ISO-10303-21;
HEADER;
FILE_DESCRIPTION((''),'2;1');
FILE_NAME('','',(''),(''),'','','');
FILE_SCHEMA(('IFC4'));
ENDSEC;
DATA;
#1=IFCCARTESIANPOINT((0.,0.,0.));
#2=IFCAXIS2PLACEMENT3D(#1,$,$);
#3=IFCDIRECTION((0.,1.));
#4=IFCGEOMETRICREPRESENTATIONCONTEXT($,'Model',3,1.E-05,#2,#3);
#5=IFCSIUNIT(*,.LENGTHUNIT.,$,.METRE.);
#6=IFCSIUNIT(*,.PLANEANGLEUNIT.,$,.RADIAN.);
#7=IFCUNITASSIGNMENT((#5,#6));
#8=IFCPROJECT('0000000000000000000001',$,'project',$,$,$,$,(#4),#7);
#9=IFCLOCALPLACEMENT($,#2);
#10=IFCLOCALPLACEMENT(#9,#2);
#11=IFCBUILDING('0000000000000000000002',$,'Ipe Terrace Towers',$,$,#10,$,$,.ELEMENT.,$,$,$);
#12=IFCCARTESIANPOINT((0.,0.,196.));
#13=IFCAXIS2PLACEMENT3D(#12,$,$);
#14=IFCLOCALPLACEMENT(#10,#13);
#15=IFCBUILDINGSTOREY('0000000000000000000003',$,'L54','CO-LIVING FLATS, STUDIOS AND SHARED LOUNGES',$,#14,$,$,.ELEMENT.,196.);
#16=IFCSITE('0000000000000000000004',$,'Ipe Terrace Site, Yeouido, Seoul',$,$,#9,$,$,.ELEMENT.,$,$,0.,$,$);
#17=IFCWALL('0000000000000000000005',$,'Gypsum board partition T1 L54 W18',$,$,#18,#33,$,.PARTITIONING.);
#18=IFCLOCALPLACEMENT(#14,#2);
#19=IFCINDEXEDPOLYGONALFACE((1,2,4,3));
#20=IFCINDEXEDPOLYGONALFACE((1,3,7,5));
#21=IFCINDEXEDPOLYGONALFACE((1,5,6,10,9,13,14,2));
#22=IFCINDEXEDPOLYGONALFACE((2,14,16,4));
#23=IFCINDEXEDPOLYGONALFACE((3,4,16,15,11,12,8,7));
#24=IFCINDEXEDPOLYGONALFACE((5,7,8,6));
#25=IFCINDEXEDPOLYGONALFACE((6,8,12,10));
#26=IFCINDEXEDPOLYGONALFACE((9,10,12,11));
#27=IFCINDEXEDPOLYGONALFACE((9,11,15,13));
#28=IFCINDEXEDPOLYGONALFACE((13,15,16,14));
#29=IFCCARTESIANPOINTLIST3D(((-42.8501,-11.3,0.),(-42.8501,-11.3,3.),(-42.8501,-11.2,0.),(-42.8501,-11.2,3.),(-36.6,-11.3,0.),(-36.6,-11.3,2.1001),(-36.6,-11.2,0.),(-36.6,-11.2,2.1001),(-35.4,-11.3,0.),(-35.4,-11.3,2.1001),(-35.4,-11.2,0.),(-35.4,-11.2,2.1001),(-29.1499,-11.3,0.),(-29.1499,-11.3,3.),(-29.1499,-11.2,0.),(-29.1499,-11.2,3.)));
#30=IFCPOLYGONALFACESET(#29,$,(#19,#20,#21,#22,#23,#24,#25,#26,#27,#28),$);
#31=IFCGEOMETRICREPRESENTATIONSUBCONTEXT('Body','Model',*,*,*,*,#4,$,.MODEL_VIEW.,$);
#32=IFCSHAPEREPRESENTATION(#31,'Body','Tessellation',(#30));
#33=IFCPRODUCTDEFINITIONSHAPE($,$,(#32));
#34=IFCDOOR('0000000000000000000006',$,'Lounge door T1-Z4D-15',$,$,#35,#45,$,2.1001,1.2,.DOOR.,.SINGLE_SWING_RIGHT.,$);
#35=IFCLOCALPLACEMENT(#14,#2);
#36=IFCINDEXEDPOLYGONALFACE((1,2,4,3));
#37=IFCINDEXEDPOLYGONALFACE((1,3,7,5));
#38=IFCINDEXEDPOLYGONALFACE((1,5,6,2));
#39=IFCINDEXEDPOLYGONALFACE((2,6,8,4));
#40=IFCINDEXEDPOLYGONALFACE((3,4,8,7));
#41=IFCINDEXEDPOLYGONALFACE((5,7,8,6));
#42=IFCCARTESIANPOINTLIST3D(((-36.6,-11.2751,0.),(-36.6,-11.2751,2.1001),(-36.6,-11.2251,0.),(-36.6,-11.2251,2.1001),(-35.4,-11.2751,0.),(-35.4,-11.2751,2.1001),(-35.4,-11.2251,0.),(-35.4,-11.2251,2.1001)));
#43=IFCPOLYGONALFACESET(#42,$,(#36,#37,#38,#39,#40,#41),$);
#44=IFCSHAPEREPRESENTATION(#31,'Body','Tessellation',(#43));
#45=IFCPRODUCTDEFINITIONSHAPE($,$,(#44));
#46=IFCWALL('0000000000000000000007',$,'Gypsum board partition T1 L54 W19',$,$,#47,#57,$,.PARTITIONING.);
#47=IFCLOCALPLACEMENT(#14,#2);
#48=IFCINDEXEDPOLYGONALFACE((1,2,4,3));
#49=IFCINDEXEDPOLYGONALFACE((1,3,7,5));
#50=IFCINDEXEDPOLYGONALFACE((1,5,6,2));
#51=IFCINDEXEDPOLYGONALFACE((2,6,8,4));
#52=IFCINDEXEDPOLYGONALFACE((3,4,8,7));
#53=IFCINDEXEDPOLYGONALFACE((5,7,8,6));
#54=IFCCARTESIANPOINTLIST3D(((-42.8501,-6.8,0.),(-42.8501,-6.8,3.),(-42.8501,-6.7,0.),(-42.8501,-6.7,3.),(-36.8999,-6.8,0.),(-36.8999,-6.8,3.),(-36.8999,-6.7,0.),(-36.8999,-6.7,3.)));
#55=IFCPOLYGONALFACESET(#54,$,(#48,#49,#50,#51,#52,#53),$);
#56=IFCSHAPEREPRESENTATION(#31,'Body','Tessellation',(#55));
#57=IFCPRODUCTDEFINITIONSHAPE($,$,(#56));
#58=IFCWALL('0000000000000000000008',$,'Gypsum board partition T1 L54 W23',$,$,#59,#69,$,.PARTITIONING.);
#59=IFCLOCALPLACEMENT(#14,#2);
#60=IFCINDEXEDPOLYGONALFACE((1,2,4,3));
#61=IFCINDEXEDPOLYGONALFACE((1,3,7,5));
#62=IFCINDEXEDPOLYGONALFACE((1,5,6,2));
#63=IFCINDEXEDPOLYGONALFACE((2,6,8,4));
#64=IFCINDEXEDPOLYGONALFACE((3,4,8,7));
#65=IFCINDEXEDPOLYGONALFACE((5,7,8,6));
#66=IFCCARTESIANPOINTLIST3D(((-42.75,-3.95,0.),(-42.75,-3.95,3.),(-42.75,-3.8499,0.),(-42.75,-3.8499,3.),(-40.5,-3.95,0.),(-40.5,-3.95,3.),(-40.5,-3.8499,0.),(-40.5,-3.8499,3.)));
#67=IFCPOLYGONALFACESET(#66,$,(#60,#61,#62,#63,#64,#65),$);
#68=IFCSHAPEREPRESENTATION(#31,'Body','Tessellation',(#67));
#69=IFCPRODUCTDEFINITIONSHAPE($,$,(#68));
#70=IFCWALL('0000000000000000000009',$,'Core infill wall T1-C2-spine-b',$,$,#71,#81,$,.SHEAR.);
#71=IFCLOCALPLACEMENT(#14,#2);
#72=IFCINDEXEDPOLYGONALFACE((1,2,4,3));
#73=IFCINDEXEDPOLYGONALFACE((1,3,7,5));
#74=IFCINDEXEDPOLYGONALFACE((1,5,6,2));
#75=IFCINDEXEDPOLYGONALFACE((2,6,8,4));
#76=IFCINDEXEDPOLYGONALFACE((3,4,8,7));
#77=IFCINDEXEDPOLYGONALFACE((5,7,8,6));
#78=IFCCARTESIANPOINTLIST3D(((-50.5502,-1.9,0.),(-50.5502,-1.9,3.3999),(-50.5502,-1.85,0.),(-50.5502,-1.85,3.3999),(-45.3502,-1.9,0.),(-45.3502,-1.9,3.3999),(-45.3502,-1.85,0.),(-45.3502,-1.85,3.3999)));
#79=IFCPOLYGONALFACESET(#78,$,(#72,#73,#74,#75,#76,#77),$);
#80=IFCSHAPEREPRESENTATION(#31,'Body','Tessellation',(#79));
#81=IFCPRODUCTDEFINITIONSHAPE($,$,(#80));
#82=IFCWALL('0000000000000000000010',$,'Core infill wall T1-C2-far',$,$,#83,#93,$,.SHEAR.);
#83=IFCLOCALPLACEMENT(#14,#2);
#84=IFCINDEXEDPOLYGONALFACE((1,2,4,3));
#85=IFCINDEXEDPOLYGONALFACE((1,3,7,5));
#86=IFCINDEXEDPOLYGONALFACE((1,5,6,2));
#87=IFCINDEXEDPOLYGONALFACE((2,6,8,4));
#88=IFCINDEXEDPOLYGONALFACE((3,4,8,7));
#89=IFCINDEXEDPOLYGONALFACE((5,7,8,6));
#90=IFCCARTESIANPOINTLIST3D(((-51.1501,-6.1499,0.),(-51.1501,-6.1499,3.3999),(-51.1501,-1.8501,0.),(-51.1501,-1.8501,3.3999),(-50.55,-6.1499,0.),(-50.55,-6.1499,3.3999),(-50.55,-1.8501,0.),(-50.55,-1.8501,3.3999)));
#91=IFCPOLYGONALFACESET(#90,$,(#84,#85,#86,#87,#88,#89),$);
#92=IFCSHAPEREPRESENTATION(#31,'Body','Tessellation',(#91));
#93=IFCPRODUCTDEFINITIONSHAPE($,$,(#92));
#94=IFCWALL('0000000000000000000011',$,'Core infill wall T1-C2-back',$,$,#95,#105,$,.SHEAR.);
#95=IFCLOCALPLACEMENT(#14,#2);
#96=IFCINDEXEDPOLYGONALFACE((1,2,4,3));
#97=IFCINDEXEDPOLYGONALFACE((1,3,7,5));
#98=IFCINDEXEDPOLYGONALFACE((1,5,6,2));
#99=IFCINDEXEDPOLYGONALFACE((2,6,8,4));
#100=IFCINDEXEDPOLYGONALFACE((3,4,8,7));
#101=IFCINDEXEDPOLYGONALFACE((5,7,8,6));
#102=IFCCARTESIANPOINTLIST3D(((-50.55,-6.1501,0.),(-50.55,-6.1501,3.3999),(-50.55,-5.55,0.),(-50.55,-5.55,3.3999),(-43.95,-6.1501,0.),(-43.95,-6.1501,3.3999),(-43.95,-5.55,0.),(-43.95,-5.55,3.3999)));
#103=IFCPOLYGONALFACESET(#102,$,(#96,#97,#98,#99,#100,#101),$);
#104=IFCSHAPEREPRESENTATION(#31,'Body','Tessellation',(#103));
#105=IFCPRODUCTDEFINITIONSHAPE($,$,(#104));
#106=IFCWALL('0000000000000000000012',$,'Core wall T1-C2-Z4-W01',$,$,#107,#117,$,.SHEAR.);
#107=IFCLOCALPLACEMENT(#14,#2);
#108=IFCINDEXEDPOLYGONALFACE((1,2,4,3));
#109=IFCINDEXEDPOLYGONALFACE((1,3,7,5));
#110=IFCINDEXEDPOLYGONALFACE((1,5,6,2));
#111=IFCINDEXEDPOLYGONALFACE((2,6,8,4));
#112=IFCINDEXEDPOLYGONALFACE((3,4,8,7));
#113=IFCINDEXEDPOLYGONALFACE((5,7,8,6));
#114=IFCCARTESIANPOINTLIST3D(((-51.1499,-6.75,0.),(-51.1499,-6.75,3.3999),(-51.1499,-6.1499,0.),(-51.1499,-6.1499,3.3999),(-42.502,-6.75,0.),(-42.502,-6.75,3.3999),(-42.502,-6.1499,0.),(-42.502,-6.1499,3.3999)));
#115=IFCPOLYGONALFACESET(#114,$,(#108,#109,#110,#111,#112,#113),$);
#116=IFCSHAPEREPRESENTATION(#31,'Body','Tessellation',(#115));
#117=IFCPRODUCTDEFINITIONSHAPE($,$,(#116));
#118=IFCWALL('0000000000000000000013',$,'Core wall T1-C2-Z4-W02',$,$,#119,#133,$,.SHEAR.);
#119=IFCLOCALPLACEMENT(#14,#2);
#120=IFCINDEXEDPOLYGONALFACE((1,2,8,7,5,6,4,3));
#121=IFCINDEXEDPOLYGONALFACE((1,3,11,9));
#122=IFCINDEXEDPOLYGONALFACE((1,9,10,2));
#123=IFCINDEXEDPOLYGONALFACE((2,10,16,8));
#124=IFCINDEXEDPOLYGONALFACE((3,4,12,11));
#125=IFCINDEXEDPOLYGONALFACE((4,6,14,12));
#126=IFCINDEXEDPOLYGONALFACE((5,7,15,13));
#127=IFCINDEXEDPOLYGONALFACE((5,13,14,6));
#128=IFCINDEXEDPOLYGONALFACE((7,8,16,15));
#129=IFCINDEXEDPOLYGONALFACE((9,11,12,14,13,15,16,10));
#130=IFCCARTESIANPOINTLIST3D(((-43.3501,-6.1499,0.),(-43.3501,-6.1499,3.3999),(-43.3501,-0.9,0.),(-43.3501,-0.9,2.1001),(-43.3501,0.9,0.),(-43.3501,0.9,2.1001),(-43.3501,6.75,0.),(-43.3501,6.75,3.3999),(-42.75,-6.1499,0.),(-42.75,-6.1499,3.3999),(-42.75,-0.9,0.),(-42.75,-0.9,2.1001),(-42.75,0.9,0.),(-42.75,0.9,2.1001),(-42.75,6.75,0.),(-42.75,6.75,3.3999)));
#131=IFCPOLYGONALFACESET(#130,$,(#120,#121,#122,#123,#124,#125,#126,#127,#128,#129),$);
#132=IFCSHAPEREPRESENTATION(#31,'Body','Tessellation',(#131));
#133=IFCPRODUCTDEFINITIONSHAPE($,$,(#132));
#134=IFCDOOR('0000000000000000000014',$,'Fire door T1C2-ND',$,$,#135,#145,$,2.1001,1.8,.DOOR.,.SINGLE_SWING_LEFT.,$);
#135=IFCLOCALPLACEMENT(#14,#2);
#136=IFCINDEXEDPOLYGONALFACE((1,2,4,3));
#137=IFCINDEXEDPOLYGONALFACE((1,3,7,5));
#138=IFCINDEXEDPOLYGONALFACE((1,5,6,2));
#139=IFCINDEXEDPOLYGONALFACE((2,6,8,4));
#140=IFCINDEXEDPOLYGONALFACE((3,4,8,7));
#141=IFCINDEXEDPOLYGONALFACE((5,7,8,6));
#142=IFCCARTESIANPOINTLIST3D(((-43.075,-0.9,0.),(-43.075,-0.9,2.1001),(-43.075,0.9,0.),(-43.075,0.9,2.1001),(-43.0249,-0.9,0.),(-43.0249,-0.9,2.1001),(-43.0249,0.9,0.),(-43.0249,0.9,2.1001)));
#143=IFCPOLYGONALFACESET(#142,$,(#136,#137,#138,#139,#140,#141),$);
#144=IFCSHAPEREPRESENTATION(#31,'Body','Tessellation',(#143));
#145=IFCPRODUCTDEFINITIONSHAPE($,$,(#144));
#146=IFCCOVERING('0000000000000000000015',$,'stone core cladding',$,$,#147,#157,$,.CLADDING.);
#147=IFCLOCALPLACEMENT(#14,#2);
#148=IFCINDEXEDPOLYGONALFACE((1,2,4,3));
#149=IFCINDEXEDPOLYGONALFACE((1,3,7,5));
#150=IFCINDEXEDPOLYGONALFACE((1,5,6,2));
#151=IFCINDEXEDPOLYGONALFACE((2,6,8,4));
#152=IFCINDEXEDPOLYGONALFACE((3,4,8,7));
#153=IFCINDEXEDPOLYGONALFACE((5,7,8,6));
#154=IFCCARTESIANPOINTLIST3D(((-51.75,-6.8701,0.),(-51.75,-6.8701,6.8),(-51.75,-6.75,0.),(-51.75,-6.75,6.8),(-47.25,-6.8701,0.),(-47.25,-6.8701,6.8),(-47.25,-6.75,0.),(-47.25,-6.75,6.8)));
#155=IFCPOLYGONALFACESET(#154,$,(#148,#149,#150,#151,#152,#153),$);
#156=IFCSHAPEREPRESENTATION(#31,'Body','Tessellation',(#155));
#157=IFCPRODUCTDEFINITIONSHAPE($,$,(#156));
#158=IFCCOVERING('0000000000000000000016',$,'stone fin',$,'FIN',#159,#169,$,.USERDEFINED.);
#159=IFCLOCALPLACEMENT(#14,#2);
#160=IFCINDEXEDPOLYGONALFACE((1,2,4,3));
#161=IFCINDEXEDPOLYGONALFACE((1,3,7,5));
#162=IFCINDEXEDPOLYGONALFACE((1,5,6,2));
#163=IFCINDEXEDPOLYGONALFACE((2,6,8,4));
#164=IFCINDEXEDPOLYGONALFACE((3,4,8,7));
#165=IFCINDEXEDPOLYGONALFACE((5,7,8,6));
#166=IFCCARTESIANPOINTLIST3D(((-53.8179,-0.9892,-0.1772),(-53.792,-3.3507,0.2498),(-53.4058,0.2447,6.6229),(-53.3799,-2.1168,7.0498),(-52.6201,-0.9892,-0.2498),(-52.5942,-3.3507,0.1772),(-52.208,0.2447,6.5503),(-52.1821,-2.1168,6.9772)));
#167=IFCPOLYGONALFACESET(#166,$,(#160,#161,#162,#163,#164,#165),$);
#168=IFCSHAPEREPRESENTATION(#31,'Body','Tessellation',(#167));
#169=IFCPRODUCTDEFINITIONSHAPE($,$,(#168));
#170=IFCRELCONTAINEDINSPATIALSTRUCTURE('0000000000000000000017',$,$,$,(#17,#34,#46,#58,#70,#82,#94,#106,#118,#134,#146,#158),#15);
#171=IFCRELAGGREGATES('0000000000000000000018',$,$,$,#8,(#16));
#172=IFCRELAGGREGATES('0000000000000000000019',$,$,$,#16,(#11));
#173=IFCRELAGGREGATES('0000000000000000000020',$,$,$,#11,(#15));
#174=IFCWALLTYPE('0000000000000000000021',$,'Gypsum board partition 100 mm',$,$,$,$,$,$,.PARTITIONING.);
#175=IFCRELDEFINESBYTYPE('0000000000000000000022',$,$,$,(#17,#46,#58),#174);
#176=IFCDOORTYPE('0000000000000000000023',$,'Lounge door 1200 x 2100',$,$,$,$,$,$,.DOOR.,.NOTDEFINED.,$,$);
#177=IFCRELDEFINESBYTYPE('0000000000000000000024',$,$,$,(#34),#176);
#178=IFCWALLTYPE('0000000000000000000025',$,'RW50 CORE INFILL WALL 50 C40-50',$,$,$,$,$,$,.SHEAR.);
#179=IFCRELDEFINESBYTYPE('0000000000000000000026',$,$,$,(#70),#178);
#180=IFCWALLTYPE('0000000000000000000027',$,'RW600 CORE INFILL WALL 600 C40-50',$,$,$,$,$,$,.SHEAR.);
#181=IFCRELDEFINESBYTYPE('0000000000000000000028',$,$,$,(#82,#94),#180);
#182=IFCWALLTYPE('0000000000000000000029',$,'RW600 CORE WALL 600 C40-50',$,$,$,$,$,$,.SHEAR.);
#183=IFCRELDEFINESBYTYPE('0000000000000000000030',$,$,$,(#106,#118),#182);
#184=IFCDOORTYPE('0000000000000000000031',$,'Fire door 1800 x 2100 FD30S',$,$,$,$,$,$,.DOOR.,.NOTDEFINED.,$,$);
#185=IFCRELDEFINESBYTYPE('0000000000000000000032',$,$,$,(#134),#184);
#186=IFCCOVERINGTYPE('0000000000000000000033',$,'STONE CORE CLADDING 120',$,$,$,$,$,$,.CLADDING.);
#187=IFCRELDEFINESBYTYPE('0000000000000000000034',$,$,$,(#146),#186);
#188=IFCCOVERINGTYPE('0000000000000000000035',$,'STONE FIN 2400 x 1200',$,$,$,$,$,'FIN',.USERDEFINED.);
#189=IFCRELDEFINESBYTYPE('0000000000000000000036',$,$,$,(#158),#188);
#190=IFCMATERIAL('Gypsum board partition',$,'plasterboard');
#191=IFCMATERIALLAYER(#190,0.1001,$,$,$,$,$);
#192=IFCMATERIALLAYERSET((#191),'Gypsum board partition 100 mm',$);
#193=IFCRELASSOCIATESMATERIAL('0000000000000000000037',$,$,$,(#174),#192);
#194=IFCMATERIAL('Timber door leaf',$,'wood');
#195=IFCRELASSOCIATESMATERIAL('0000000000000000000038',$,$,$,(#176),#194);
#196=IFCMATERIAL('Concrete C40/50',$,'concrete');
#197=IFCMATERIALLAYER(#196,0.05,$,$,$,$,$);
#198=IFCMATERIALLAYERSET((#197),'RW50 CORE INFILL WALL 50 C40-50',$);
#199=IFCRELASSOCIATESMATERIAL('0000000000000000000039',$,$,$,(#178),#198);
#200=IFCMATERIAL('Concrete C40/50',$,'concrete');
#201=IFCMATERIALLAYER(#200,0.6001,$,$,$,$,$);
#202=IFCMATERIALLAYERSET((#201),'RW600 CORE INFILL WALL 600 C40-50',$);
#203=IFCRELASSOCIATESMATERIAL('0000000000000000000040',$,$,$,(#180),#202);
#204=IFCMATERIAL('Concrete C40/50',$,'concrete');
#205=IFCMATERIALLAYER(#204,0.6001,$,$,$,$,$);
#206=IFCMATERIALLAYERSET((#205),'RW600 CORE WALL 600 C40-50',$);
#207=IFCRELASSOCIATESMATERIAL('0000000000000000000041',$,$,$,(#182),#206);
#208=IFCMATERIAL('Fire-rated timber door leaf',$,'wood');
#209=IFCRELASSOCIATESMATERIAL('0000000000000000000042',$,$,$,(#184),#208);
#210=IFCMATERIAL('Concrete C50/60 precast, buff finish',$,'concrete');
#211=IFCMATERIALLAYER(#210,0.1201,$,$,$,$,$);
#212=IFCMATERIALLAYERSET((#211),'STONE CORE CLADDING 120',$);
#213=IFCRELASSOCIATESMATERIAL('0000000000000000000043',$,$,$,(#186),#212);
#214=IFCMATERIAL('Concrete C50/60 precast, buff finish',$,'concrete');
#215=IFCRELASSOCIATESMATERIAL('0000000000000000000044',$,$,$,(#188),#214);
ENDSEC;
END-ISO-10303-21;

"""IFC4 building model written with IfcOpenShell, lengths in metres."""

from ifc_helpers import new_model, si_unit, direction, frame, frame_2d, origin, origin_2d, place, context, subcontext, project, spatial, rectangle, extrude, material, layer, layer_set, material_profile, profile_set, type_object, element, fill, save


model = new_model("IFC4")

# Units and contexts
model_context = context("Model", 3, precision=1e-05, world=origin(), true_north=direction((0.0, 1.0)))
body_context = subcontext(model_context, "Body", "Model", "MODEL_VIEW")
ifc_project = project(units=[si_unit("LENGTHUNIT", "METRE"), si_unit("PLANEANGLEUNIT", "RADIAN")], contexts=[model_context])

# Site, building, storey
site_placement = place(None, origin())
site = spatial("IfcSite", under=ifc_project, at=site_placement, Name="Ipe Terrace Site, Yeouido, Seoul", CompositionType="ELEMENT", RefElevation=0.0)
building_placement = place(site_placement, origin())
building = spatial("IfcBuilding", under=site, at=building_placement, Name="Ipe Terrace Towers", CompositionType="ELEMENT")
storey_placement = place(building_placement, frame((0.0, 0.0, 196.0)))
storey = spatial("IfcBuildingStorey", under=building, at=storey_placement, Name="L54", Description="CO-LIVING FLATS, STUDIOS AND SHARED LOUNGES", CompositionType="ELEMENT", Elevation=196.0)

# Wall, opening, door
ifc_material_1 = material(Name="Gypsum board partition", Category="plasterboard")
ifc_layer_1 = layer(ifc_material_1, 0.1001)
ifc_layer_set_1 = layer_set([ifc_layer_1], Name="Gypsum board partition 100 mm")
wall_type_1 = type_object("IfcWallType", Name="Gypsum board partition 100 mm", PredefinedType="PARTITIONING", material=ifc_layer_set_1)
wall_1_placement = place(storey_placement, frame((-42.8501, -11.25, 0.0), z_axis=(0.0, 0.0, 1.0), x_axis=(1.0, 0.0, 0.0)))
wall_1 = element("IfcWall", 1, at=wall_1_placement, inside=storey, type_object=wall_type_1, Name="Gypsum board partition T1 L54 W18", PredefinedType="PARTITIONING", context=body_context, shape_type="SweptSolid", body=[
    extrude(rectangle(XDim=13.7002, YDim=0.1001, at=frame_2d((6.8501, 0.0))), origin(), (0.0, 0.0, 1.0), 3.0),
])
opening_1_placement = place(wall_1_placement, frame((6.25, 0.0, 0.0)))
opening_1 = element("IfcOpeningElement", 2, at=opening_1_placement, cuts=wall_1, PredefinedType="OPENING", context=body_context, shape_type="SweptSolid", body=[
    extrude(rectangle(XDim=1.2, YDim=2.1001, at=frame_2d((0.6001, 1.05))), frame((0.0, 0.0601, 0.0), z_axis=(0.0, -1.0, 0.0), x_axis=(1.0, 0.0, 0.0)), (0.0, 0.0, 1.0), 0.1201),
])
ifc_material_2 = material(Name="Timber door leaf", Category="wood")
door_type_1 = type_object("IfcDoorType", Name="Lounge door 1200 x 2100", OperationType="NOTDEFINED", PredefinedType="DOOR", material=ifc_material_2)
door_1_placement = place(opening_1_placement, origin())
door_1 = element("IfcDoor", 3, at=door_1_placement, inside=storey, type_object=door_type_1, Name="Lounge door T1-Z4D-15", OperationType="SINGLE_SWING_RIGHT", OverallHeight=2.1001, OverallWidth=1.2, PredefinedType="DOOR", context=body_context, shape_type="SweptSolid", body=[
    extrude(rectangle(XDim=1.2, YDim=2.1001, at=frame_2d((0.6001, 1.05))), frame((0.0, 0.0249, 0.0), z_axis=(0.0, -1.0, 0.0), x_axis=(1.0, 0.0, 0.0)), (0.0, 0.0, 1.0), 0.05),
])
fill(opening_1, door_1)

# Walls
wall_2_placement = place(storey_placement, frame((-42.8501, -6.75, 0.0), z_axis=(0.0, 0.0, 1.0), x_axis=(1.0, 0.0, 0.0)))
element("IfcWall", 4, at=wall_2_placement, inside=storey, type_object=wall_type_1, Name="Gypsum board partition T1 L54 W19", PredefinedType="PARTITIONING", context=body_context, shape_type="SweptSolid", body=[
    extrude(rectangle(XDim=5.9502, YDim=0.1001, at=frame_2d((2.9751, 0.0))), origin(), (0.0, 0.0, 1.0), 3.0),
])
wall_3_placement = place(storey_placement, frame((-42.75, -3.8999, 0.0), z_axis=(0.0, 0.0, 1.0), x_axis=(1.0, 0.0, 0.0)))
element("IfcWall", 5, at=wall_3_placement, inside=storey, type_object=wall_type_1, Name="Gypsum board partition T1 L54 W23", PredefinedType="PARTITIONING", context=body_context, shape_type="SweptSolid", body=[
    extrude(rectangle(XDim=2.25, YDim=0.1001, at=frame_2d((1.125, 0.0))), origin(), (0.0, 0.0, 1.0), 3.0),
])
ifc_material_3 = material(Name="Concrete C40/50", Category="concrete")
ifc_layer_2 = layer(ifc_material_3, 0.05)
ifc_layer_set_2 = layer_set([ifc_layer_2], Name="RW50 CORE INFILL WALL 50 C40-50")
wall_type_2 = type_object("IfcWallType", Name="RW50 CORE INFILL WALL 50 C40-50", PredefinedType="SHEAR", material=ifc_layer_set_2)
wall_4_placement = place(storey_placement, frame((-45.3501, -1.875, 0.0), z_axis=(0.0, 0.0, 1.0), x_axis=(-1.0, 0.0, 0.0)))
element("IfcWall", 6, at=wall_4_placement, inside=storey, type_object=wall_type_2, Name="Core infill wall T1-C2-spine-b", PredefinedType="SHEAR", context=body_context, shape_type="SweptSolid", body=[
    extrude(rectangle(XDim=5.2, YDim=0.05, at=frame_2d((2.6001, 0.0))), origin(), (0.0, 0.0, 1.0), 3.3999),
])
ifc_material_4 = material(Name="Concrete C40/50", Category="concrete")
ifc_layer_3 = layer(ifc_material_4, 0.6001)
ifc_layer_set_3 = layer_set([ifc_layer_3], Name="RW600 CORE INFILL WALL 600 C40-50")
wall_type_3 = type_object("IfcWallType", Name="RW600 CORE INFILL WALL 600 C40-50", PredefinedType="SHEAR", material=ifc_layer_set_3)
wall_5_placement = place(storey_placement, frame((-50.8501, -1.8501, 0.0), z_axis=(0.0, 0.0, 1.0), x_axis=(0.0, -1.0, 0.0)))
element("IfcWall", 7, at=wall_5_placement, inside=storey, type_object=wall_type_3, Name="Core infill wall T1-C2-far", PredefinedType="SHEAR", context=body_context, shape_type="SweptSolid", body=[
    extrude(rectangle(XDim=4.2998, YDim=0.6001, at=frame_2d((2.1499, 0.0))), origin(), (0.0, 0.0, 1.0), 3.3999),
])
wall_6_placement = place(storey_placement, frame((-43.95, -5.8501, 0.0), z_axis=(0.0, 0.0, 1.0), x_axis=(-1.0, 0.0, 0.0)))
element("IfcWall", 8, at=wall_6_placement, inside=storey, type_object=wall_type_3, Name="Core infill wall T1-C2-back", PredefinedType="SHEAR", context=body_context, shape_type="SweptSolid", body=[
    extrude(rectangle(XDim=6.6001, YDim=0.6001, at=frame_2d((3.3, 0.0))), origin(), (0.0, 0.0, 1.0), 3.3999),
])
ifc_material_5 = material(Name="Concrete C40/50", Category="concrete")
ifc_layer_4 = layer(ifc_material_5, 0.6001)
ifc_layer_set_4 = layer_set([ifc_layer_4], Name="RW600 CORE WALL 600 C40-50")
wall_type_4 = type_object("IfcWallType", Name="RW600 CORE WALL 600 C40-50", PredefinedType="SHEAR", material=ifc_layer_set_4)
wall_7_placement = place(storey_placement, frame((-51.1499, -6.45, 0.0), z_axis=(0.0, 0.0, 1.0), x_axis=(1.0, 0.0, 0.0)))
element("IfcWall", 9, at=wall_7_placement, inside=storey, type_object=wall_type_4, Name="Core wall T1-C2-Z4-W01", PredefinedType="SHEAR", context=body_context, shape_type="SweptSolid", body=[
    extrude(rectangle(XDim=8.6479, YDim=0.6001, at=frame_2d((4.324, 0.0))), origin(), (0.0, 0.0, 1.0), 3.3999),
])

# Wall, opening, door
wall_8_placement = place(storey_placement, frame((-43.05, -6.1499, 0.0), z_axis=(0.0, 0.0, 1.0), x_axis=(0.0, 1.0, 0.0)))
wall_8 = element("IfcWall", 10, at=wall_8_placement, inside=storey, type_object=wall_type_4, Name="Core wall T1-C2-Z4-W02", PredefinedType="SHEAR", context=body_context, shape_type="SweptSolid", body=[
    extrude(rectangle(XDim=12.8999, YDim=0.6001, at=frame_2d((6.45, 0.0))), origin(), (0.0, 0.0, 1.0), 3.3999),
])
opening_2_placement = place(wall_8_placement, frame((5.25, 0.0, 0.0)))
opening_2 = element("IfcOpeningElement", 11, at=opening_2_placement, cuts=wall_8, PredefinedType="OPENING", context=body_context, shape_type="SweptSolid", body=[
    extrude(rectangle(XDim=1.8, YDim=2.1001, at=frame_2d((0.8999, 1.05))), frame((0.0, 0.3101, 0.0), z_axis=(0.0, -1.0, 0.0), x_axis=(1.0, 0.0, 0.0)), (0.0, 0.0, 1.0), 0.6201),
])
ifc_material_6 = material(Name="Fire-rated timber door leaf", Category="wood")
door_type_2 = type_object("IfcDoorType", Name="Fire door 1800 x 2100 FD30S", OperationType="NOTDEFINED", PredefinedType="DOOR", material=ifc_material_6)
door_2_placement = place(opening_2_placement, origin())
door_2 = element("IfcDoor", 12, at=door_2_placement, inside=storey, type_object=door_type_2, Name="Fire door T1C2-ND", OperationType="SINGLE_SWING_LEFT", OverallHeight=2.1001, OverallWidth=1.8, PredefinedType="DOOR", context=body_context, shape_type="SweptSolid", body=[
    extrude(rectangle(XDim=1.8, YDim=2.1001, at=frame_2d((0.8999, 1.05))), frame((0.0, 0.0249, 0.0), z_axis=(0.0, -1.0, 0.0), x_axis=(1.0, 0.0, 0.0)), (0.0, 0.0, 1.0), 0.05),
])
fill(opening_2, door_2)

# Coverings
ifc_material_7 = material(Name="Concrete C50/60 precast, buff finish", Category="concrete")
ifc_layer_5 = layer(ifc_material_7, 0.1201)
ifc_layer_set_5 = layer_set([ifc_layer_5], Name="STONE CORE CLADDING 120")
covering_type_1 = type_object("IfcCoveringType", Name="STONE CORE CLADDING 120", PredefinedType="CLADDING", material=ifc_layer_set_5)
covering_1_placement = place(storey_placement, frame((-49.5, -6.8101, 0.0), z_axis=(0.0, 0.0, 1.0), x_axis=(1.0, 0.0, 0.0)))
element("IfcCovering", 13, at=covering_1_placement, inside=storey, type_object=covering_type_1, Name="stone core cladding", PredefinedType="CLADDING", context=body_context, shape_type="SweptSolid", body=[
    extrude(rectangle(XDim=4.5, YDim=0.1201, at=origin_2d()), origin(), (0.0, 0.0, 1.0), 6.8),
])
ifc_material_8 = material(Name="Concrete C50/60 precast, buff finish", Category="concrete")
ifc_material_profile_1 = material_profile(ifc_material_8, rectangle(XDim=2.3999, YDim=1.2, at=origin_2d()), Name="STONE FIN 2400 x 1200")
ifc_profile_set_1 = profile_set([ifc_material_profile_1], Name="Concrete C50/60 precast, buff finish")
covering_type_2 = type_object("IfcCoveringType", Name="STONE FIN 2400 x 1200", ElementType="FIN", PredefinedType="USERDEFINED", material=ifc_profile_set_1)
covering_2_placement = place(storey_placement, frame((-53.2061, -2.1699, 0.0), z_axis=(0.059524, 0.178221, 0.982188), x_axis=(0.010781, -0.983991, 0.177894)))
element("IfcCovering", 14, at=covering_2_placement, inside=storey, type_object=covering_type_2, Name="stone fin", ObjectType="FIN", PredefinedType="USERDEFINED", context=body_context, shape_type="SweptSolid", body=[
    extrude(rectangle(XDim=2.3999, YDim=1.2, at=origin_2d()), origin(), (0.0, 0.0, 1.0), 6.9233),
])

save(model, "model.ifc")
